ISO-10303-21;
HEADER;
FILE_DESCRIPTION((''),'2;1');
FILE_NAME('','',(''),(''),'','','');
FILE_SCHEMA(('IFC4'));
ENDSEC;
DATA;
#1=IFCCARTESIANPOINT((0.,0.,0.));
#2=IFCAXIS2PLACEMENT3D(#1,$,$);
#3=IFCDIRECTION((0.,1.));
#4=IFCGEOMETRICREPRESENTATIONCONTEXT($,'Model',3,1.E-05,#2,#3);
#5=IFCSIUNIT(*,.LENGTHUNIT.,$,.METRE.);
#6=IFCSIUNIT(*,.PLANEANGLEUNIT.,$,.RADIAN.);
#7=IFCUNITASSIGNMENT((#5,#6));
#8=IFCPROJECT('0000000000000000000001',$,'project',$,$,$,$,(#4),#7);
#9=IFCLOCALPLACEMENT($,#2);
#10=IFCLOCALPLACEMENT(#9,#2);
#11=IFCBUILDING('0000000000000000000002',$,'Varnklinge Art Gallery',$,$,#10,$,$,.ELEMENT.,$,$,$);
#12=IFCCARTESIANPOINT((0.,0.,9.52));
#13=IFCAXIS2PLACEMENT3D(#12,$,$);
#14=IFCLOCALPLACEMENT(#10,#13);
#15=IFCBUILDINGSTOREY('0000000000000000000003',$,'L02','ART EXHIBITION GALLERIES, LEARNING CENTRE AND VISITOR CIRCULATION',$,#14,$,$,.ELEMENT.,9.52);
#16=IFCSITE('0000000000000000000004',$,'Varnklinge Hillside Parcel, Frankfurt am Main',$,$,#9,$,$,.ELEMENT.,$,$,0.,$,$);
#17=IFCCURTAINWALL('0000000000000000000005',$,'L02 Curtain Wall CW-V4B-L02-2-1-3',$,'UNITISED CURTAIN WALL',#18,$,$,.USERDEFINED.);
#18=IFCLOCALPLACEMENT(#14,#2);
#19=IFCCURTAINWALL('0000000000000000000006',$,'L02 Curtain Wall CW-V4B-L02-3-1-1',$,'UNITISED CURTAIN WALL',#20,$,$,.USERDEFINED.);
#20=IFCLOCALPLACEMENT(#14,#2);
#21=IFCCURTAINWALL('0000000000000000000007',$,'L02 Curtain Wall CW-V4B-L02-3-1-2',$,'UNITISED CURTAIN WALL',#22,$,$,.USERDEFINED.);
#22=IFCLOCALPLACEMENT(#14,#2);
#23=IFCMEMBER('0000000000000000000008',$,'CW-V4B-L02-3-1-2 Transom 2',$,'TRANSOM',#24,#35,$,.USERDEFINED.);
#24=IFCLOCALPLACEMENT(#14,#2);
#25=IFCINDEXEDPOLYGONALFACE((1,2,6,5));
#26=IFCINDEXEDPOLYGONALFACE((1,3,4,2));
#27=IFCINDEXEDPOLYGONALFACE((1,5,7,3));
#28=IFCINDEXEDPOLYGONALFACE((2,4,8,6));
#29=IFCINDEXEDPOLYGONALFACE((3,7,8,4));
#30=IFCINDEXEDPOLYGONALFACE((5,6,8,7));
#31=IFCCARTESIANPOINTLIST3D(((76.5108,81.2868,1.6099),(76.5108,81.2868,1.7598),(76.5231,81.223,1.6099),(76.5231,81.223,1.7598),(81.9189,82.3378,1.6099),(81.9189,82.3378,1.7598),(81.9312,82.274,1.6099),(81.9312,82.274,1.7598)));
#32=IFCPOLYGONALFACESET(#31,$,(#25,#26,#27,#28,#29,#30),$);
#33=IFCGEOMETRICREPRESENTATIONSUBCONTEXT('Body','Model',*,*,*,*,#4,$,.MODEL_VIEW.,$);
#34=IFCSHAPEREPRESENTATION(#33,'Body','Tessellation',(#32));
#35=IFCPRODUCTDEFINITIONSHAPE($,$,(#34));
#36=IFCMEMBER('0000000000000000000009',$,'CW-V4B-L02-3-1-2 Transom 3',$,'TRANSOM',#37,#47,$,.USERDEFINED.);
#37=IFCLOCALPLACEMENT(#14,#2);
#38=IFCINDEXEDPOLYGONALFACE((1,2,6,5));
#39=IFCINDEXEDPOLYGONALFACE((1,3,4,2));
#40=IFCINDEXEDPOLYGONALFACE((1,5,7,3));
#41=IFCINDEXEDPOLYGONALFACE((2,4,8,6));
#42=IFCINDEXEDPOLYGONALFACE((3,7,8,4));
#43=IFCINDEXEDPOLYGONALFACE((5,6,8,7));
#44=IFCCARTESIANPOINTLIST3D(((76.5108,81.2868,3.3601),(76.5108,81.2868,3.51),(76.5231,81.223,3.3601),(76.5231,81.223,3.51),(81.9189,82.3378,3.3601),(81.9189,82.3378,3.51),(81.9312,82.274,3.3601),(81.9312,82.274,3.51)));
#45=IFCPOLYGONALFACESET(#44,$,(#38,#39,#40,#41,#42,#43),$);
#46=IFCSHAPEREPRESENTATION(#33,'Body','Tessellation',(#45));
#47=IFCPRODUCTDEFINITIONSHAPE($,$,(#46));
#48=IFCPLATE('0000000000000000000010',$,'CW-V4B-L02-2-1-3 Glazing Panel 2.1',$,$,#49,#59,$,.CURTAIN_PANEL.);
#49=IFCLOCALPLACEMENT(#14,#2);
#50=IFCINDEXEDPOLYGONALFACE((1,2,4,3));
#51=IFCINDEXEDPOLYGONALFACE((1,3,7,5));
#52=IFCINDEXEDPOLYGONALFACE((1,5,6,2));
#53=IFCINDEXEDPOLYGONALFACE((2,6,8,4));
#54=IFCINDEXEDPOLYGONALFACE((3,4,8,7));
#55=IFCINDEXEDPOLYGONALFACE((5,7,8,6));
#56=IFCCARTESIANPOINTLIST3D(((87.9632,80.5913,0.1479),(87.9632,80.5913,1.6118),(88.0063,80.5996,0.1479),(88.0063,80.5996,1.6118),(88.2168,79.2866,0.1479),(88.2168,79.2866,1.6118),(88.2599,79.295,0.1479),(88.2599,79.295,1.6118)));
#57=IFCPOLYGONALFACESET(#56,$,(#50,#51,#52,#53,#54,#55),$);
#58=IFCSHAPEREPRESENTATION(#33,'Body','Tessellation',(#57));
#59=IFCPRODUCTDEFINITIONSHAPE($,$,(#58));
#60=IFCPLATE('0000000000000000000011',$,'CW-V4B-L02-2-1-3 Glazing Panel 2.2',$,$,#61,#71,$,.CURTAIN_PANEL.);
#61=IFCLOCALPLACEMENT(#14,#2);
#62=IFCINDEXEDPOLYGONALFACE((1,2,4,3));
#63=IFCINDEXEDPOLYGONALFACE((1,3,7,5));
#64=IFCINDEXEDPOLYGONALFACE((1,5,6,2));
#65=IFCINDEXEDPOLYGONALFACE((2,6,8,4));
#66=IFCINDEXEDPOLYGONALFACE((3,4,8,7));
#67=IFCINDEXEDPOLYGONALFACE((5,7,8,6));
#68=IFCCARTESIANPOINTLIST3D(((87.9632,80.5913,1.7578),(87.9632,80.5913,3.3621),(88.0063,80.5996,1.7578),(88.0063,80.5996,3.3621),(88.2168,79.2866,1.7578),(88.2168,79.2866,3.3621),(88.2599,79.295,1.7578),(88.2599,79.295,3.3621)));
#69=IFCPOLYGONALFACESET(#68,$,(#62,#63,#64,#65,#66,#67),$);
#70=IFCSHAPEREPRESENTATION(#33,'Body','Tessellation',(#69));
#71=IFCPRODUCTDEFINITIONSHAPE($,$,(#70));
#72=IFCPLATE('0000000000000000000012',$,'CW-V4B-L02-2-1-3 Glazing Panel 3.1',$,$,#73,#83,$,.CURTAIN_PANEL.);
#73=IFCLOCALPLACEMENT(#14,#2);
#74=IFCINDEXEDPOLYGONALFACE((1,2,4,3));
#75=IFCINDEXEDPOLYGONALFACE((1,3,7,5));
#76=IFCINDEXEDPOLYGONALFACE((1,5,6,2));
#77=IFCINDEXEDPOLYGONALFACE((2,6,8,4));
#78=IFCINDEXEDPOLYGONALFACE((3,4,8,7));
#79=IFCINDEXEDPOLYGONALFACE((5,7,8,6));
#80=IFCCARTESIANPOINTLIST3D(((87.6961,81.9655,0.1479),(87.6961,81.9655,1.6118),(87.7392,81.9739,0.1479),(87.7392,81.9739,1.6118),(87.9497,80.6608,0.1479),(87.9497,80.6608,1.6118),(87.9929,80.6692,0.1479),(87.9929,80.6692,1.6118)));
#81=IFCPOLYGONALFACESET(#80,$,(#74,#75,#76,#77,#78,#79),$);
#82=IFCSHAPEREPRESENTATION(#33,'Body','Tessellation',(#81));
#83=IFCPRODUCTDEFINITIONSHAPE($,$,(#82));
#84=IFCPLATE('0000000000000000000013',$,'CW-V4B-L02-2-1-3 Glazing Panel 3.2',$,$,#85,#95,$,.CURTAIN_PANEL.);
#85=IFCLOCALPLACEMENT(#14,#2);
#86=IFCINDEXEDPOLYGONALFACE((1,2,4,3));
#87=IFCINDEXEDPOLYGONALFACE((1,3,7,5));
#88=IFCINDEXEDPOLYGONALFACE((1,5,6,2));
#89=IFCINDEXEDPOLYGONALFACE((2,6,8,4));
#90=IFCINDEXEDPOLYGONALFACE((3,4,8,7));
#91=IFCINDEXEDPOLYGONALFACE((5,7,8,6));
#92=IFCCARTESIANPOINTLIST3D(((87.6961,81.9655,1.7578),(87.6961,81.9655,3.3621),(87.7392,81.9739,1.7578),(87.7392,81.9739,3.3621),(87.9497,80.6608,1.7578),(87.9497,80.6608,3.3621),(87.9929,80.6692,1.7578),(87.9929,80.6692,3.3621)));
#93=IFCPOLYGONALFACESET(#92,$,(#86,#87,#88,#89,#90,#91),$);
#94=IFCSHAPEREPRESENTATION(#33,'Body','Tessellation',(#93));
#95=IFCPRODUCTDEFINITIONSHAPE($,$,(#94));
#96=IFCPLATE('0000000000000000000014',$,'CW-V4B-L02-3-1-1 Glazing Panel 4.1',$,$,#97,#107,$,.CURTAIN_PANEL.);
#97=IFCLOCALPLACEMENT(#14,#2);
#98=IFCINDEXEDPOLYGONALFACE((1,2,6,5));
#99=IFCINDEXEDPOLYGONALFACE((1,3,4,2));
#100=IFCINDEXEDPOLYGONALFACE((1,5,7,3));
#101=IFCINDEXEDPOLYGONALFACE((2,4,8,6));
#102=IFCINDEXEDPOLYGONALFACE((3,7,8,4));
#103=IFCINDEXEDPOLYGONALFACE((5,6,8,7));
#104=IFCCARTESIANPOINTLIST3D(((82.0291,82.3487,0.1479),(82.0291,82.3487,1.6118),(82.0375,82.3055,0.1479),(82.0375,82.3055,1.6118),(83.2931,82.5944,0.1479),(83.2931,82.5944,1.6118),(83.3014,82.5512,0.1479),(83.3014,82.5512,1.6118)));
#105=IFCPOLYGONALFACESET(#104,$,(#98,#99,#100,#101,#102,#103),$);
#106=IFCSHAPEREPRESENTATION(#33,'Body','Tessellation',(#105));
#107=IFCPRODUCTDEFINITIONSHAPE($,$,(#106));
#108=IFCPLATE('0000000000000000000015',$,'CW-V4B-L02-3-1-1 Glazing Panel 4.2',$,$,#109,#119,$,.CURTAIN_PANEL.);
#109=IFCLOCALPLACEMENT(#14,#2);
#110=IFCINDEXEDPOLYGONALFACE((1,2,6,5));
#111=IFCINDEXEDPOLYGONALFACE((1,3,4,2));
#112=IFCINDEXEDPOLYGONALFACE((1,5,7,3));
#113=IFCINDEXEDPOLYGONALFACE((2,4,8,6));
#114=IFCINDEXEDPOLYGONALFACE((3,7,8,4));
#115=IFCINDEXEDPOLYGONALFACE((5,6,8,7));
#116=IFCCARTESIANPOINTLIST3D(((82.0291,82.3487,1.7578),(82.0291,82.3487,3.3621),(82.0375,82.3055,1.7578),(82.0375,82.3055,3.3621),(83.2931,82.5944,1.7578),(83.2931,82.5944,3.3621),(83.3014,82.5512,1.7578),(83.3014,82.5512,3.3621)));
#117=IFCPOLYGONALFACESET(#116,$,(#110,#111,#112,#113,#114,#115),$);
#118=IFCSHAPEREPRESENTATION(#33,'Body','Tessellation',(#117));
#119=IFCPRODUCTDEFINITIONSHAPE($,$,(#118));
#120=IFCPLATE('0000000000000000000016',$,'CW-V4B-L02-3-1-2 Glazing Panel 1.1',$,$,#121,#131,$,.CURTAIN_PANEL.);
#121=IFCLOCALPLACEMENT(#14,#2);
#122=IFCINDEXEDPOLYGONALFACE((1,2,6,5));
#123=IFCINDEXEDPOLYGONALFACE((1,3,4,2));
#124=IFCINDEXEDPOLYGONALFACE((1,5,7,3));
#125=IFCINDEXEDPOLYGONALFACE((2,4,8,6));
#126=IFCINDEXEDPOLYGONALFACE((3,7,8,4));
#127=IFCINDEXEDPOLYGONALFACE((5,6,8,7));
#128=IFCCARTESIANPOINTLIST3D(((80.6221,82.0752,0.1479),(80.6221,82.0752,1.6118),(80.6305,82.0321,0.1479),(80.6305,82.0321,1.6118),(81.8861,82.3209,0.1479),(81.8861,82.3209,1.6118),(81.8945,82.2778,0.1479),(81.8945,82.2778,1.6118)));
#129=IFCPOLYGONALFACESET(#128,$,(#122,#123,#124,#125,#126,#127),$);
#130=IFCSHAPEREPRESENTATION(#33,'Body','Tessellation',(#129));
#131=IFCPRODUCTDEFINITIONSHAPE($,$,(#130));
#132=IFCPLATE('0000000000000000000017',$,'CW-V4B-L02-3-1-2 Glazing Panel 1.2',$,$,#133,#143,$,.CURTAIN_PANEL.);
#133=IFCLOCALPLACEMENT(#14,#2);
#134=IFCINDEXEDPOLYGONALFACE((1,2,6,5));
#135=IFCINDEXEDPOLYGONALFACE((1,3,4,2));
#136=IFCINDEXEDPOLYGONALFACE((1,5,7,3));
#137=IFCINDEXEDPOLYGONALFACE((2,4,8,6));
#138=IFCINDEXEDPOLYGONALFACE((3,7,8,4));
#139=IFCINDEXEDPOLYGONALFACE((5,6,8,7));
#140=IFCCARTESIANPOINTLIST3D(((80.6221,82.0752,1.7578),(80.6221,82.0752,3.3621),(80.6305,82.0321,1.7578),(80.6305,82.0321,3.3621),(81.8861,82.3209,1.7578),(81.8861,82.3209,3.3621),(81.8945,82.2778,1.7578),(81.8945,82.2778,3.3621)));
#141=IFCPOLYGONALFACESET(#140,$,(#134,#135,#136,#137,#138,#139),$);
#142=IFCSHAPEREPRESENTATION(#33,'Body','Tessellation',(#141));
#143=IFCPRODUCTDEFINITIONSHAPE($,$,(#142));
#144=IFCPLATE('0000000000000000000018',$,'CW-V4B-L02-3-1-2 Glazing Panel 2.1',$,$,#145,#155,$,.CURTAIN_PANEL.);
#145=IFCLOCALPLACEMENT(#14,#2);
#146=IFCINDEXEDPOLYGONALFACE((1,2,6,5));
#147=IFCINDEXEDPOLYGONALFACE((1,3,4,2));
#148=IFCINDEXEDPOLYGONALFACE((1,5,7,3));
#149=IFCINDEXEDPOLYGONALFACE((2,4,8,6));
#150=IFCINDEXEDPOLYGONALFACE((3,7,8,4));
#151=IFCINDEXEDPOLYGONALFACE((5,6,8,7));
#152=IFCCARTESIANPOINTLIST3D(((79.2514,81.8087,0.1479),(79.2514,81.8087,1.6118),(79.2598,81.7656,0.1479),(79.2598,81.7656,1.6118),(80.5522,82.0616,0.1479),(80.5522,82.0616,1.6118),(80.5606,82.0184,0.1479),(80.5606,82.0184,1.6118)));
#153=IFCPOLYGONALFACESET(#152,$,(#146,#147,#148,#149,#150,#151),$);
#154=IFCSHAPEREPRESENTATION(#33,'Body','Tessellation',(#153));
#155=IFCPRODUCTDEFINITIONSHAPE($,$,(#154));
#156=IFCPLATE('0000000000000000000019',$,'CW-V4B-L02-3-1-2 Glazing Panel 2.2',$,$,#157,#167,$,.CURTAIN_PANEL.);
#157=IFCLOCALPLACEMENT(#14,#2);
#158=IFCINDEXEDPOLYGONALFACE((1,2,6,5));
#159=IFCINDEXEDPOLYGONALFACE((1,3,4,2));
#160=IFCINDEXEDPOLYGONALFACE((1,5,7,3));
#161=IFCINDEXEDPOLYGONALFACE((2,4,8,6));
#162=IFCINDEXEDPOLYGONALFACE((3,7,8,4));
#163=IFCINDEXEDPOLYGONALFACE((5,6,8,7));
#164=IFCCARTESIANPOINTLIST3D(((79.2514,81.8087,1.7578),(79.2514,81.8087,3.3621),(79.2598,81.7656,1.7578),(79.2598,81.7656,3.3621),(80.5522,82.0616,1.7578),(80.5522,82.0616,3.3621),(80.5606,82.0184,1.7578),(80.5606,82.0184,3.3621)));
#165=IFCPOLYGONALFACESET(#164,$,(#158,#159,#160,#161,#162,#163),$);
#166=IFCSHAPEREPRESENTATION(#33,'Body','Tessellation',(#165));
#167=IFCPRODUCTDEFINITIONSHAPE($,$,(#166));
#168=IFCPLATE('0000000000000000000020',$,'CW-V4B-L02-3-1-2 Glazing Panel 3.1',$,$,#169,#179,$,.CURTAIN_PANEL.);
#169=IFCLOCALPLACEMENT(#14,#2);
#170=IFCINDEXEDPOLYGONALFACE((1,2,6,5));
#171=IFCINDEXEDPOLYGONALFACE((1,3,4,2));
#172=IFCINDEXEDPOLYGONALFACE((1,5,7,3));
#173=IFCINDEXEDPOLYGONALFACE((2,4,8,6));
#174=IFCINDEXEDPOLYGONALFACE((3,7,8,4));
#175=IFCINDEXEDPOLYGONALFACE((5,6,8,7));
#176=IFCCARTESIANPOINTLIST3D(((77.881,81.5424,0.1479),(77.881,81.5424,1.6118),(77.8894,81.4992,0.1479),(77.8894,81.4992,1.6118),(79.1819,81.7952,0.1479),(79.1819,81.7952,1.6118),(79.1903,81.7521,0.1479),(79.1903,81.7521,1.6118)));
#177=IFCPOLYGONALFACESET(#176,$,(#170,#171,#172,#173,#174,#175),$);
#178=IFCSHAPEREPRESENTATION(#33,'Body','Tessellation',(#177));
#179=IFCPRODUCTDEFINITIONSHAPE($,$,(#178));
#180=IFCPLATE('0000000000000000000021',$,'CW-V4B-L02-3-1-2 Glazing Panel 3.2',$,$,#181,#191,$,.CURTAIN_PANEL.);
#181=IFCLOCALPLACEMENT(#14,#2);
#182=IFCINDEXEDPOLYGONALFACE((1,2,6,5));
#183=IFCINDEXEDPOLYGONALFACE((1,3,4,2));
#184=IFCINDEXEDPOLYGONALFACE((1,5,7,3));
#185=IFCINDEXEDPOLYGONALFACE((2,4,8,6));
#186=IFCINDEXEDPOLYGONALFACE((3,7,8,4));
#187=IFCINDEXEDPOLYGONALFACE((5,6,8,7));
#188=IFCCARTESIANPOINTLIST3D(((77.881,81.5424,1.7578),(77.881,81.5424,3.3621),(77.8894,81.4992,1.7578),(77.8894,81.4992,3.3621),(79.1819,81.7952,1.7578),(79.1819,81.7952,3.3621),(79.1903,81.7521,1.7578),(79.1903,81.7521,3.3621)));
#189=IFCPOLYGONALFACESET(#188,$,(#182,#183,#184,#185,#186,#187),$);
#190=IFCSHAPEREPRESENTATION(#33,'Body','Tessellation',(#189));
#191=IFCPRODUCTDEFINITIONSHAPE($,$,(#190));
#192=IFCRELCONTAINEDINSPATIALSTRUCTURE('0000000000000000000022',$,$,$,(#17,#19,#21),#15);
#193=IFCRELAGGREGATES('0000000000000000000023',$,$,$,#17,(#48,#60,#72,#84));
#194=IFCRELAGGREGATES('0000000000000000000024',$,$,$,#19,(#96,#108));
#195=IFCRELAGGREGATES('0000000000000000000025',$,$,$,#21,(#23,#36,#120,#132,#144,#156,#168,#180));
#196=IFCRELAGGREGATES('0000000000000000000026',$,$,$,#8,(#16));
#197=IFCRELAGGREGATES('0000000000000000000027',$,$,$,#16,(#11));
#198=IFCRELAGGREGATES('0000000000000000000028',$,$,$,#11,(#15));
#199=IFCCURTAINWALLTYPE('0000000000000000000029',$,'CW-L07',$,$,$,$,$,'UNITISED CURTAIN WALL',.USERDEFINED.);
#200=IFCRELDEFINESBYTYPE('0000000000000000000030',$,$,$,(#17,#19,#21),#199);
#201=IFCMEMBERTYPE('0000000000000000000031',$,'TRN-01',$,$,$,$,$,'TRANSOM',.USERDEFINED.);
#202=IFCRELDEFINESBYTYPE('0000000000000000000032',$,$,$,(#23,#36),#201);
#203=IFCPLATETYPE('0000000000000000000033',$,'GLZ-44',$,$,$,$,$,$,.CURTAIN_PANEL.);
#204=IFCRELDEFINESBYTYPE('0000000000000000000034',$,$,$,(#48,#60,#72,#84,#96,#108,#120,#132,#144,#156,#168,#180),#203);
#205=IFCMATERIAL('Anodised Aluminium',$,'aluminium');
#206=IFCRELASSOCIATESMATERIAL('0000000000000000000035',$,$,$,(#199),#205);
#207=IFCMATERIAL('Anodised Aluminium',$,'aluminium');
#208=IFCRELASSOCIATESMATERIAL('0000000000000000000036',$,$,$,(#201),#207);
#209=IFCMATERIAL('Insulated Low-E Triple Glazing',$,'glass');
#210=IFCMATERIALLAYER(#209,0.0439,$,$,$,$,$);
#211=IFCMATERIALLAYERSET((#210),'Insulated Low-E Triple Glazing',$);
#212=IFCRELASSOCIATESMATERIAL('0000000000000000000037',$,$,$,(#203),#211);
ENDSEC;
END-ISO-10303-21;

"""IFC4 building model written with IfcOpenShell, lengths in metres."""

from ifc_helpers import new_model, si_unit, direction, frame, origin, origin_2d, place, context, subcontext, project, spatial, rectangle, extrude, material, layer, layer_set, material_profile, profile_set, type_object, element, aggregate, save


model = new_model("IFC4")

# Units and contexts
model_context = context("Model", 3, precision=1e-05, world=origin(), true_north=direction((0.0, 1.0)))
body_context = subcontext(model_context, "Body", "Model", "MODEL_VIEW")
ifc_project = project(units=[si_unit("LENGTHUNIT", "METRE"), si_unit("PLANEANGLEUNIT", "RADIAN")], contexts=[model_context])

# Site, building, storey
site_placement = place(None, origin())
site = spatial("IfcSite", under=ifc_project, at=site_placement, Name="Varnklinge Hillside Parcel, Frankfurt am Main", CompositionType="ELEMENT", RefElevation=0.0)
building_placement = place(site_placement, origin())
building = spatial("IfcBuilding", under=site, at=building_placement, Name="Varnklinge Art Gallery", CompositionType="ELEMENT")
storey_placement = place(building_placement, frame((0.0, 0.0, 9.52)))
storey = spatial("IfcBuildingStorey", under=building, at=storey_placement, Name="L02", Description="ART EXHIBITION GALLERIES, LEARNING CENTRE AND VISITOR CIRCULATION", CompositionType="ELEMENT", Elevation=9.52)

# Curtain wall
ifc_material_1 = material(Name="Anodised Aluminium", Category="aluminium")
curtain_wall_type = type_object("IfcCurtainWallType", Name="CW-L07", ElementType="UNITISED CURTAIN WALL", PredefinedType="USERDEFINED", material=ifc_material_1)
curtain_wall_1_placement = place(storey_placement, origin())
curtain_wall_1 = element("IfcCurtainWall", 1, at=curtain_wall_1_placement, inside=storey, type_object=curtain_wall_type, Name="L02 Curtain Wall CW-V4B-L02-2-1-3", ObjectType="UNITISED CURTAIN WALL", PredefinedType="USERDEFINED")

# Curtain wall
curtain_wall_2_placement = place(storey_placement, origin())
curtain_wall_2 = element("IfcCurtainWall", 2, at=curtain_wall_2_placement, inside=storey, type_object=curtain_wall_type, Name="L02 Curtain Wall CW-V4B-L02-3-1-1", ObjectType="UNITISED CURTAIN WALL", PredefinedType="USERDEFINED")

# Curtain wall
curtain_wall_3_placement = place(storey_placement, origin())
curtain_wall_3 = element("IfcCurtainWall", 3, at=curtain_wall_3_placement, inside=storey, type_object=curtain_wall_type, Name="L02 Curtain Wall CW-V4B-L02-3-1-2", ObjectType="UNITISED CURTAIN WALL", PredefinedType="USERDEFINED")

# Members
ifc_material_2 = material(Name="Anodised Aluminium", Category="aluminium")
ifc_material_profile_1 = material_profile(ifc_material_2, rectangle(XDim=0.0649, YDim=0.1499, at=origin_2d()), Name="ALU 65x150")
ifc_profile_set_1 = profile_set([ifc_material_profile_1], Name="Anodised Aluminium")
member_type_1 = type_object("IfcMemberType", Name="TRN-01", ElementType="TRANSOM", PredefinedType="USERDEFINED", material=ifc_profile_set_1)
member_1_placement = place(storey_placement, frame((81.925, 82.3059, 1.6848), z_axis=(-0.981635, -0.19077, 0.0), x_axis=(0.19077, -0.981635, 0.0)))
member_1 = element("IfcMember", 4, at=member_1_placement, type_object=member_type_1, Name="CW-V4B-L02-3-1-2 Transom 2", ObjectType="TRANSOM", PredefinedType="USERDEFINED", context=body_context, shape_type="SweptSolid", body=[
    extrude(rectangle(XDim=0.0649, YDim=0.1499, at=origin_2d()), origin(), (0.0, 0.0, 1.0), 5.5093),
])
member_2_placement = place(storey_placement, frame((81.925, 82.3059, 3.4351), z_axis=(-0.981635, -0.19077, 0.0), x_axis=(0.19077, -0.981635, 0.0)))
member_2 = element("IfcMember", 5, at=member_2_placement, type_object=member_type_1, Name="CW-V4B-L02-3-1-2 Transom 3", ObjectType="TRANSOM", PredefinedType="USERDEFINED", context=body_context, shape_type="SweptSolid", body=[
    extrude(rectangle(XDim=0.0649, YDim=0.1499, at=origin_2d()), origin(), (0.0, 0.0, 1.0), 5.5093),
])

# Plates
ifc_material_3 = material(Name="Insulated Low-E Triple Glazing", Category="glass")
ifc_layer_1 = layer(ifc_material_3, 0.0439)
ifc_layer_set_1 = layer_set([ifc_layer_1], Name="Insulated Low-E Triple Glazing")
plate_type = type_object("IfcPlateType", Name="GLZ-44", PredefinedType="CURTAIN_PANEL", material=ifc_layer_set_1)
plate_1_placement = place(storey_placement, frame((88.1116, 79.9431, 0.1479), z_axis=(0.0, 0.0, 1.0), x_axis=(-0.190809, 0.981627, 0.0)))
plate_1 = element("IfcPlate", 6, at=plate_1_placement, type_object=plate_type, Name="CW-V4B-L02-2-1-3 Glazing Panel 2.1", PredefinedType="CURTAIN_PANEL", context=body_context, shape_type="SweptSolid", body=[
    extrude(rectangle(XDim=1.3291, YDim=0.0439, at=origin_2d()), origin(), (0.0, 0.0, 1.0), 1.4639),
])
plate_2_placement = place(storey_placement, frame((88.1116, 79.9431, 1.7578), z_axis=(0.0, 0.0, 1.0), x_axis=(-0.190809, 0.981627, 0.0)))
plate_2 = element("IfcPlate", 7, at=plate_2_placement, type_object=plate_type, Name="CW-V4B-L02-2-1-3 Glazing Panel 2.2", PredefinedType="CURTAIN_PANEL", context=body_context, shape_type="SweptSolid", body=[
    extrude(rectangle(XDim=1.3291, YDim=0.0439, at=origin_2d()), origin(), (0.0, 0.0, 1.0), 1.6042),
])
plate_3_placement = place(storey_placement, frame((87.8445, 81.3174, 0.1479), z_axis=(0.0, 0.0, 1.0), x_axis=(-0.190809, 0.981627, 0.0)))
plate_3 = element("IfcPlate", 8, at=plate_3_placement, type_object=plate_type, Name="CW-V4B-L02-2-1-3 Glazing Panel 3.1", PredefinedType="CURTAIN_PANEL", context=body_context, shape_type="SweptSolid", body=[
    extrude(rectangle(XDim=1.3291, YDim=0.0439, at=origin_2d()), origin(), (0.0, 0.0, 1.0), 1.4639),
])
plate_4_placement = place(storey_placement, frame((87.8445, 81.3174, 1.7578), z_axis=(0.0, 0.0, 1.0), x_axis=(-0.190809, 0.981627, 0.0)))
plate_4 = element("IfcPlate", 9, at=plate_4_placement, type_object=plate_type, Name="CW-V4B-L02-2-1-3 Glazing Panel 3.2", PredefinedType="CURTAIN_PANEL", context=body_context, shape_type="SweptSolid", body=[
    extrude(rectangle(XDim=1.3291, YDim=0.0439, at=origin_2d()), origin(), (0.0, 0.0, 1.0), 1.6042),
])
aggregate(curtain_wall_1, [plate_1, plate_2, plate_3, plate_4])
plate_5_placement = place(storey_placement, frame((82.6653, 82.45, 0.1479), z_axis=(0.0, 0.0, 1.0), x_axis=(-0.981627, -0.190809, 0.0)))
plate_5 = element("IfcPlate", 10, at=plate_5_placement, type_object=plate_type, Name="CW-V4B-L02-3-1-1 Glazing Panel 4.1", PredefinedType="CURTAIN_PANEL", context=body_context, shape_type="SweptSolid", body=[
    extrude(rectangle(XDim=1.2876, YDim=0.0439, at=origin_2d()), origin(), (0.0, 0.0, 1.0), 1.4639),
])
plate_6_placement = place(storey_placement, frame((82.6653, 82.45, 1.7578), z_axis=(0.0, 0.0, 1.0), x_axis=(-0.981627, -0.190809, 0.0)))
plate_6 = element("IfcPlate", 11, at=plate_6_placement, type_object=plate_type, Name="CW-V4B-L02-3-1-1 Glazing Panel 4.2", PredefinedType="CURTAIN_PANEL", context=body_context, shape_type="SweptSolid", body=[
    extrude(rectangle(XDim=1.2876, YDim=0.0439, at=origin_2d()), origin(), (0.0, 0.0, 1.0), 1.6042),
])
aggregate(curtain_wall_2, [plate_5, plate_6])
plate_7_placement = place(storey_placement, frame((81.2583, 82.1765, 0.1479), z_axis=(0.0, 0.0, 1.0), x_axis=(-0.981627, -0.190809, 0.0)))
plate_7 = element("IfcPlate", 12, at=plate_7_placement, type_object=plate_type, Name="CW-V4B-L02-3-1-2 Glazing Panel 1.1", PredefinedType="CURTAIN_PANEL", context=body_context, shape_type="SweptSolid", body=[
    extrude(rectangle(XDim=1.2876, YDim=0.0439, at=origin_2d()), origin(), (0.0, 0.0, 1.0), 1.4639),
])
plate_8_placement = place(storey_placement, frame((81.2583, 82.1765, 1.7578), z_axis=(0.0, 0.0, 1.0), x_axis=(-0.981627, -0.190809, 0.0)))
plate_8 = element("IfcPlate", 13, at=plate_8_placement, type_object=plate_type, Name="CW-V4B-L02-3-1-2 Glazing Panel 1.2", PredefinedType="CURTAIN_PANEL", context=body_context, shape_type="SweptSolid", body=[
    extrude(rectangle(XDim=1.2876, YDim=0.0439, at=origin_2d()), origin(), (0.0, 0.0, 1.0), 1.6042),
])
plate_9_placement = place(storey_placement, frame((79.906, 81.9136, 0.1479), z_axis=(0.0, 0.0, 1.0), x_axis=(-0.981627, -0.190809, 0.0)))
plate_9 = element("IfcPlate", 14, at=plate_9_placement, type_object=plate_type, Name="CW-V4B-L02-3-1-2 Glazing Panel 2.1", PredefinedType="CURTAIN_PANEL", context=body_context, shape_type="SweptSolid", body=[
    extrude(rectangle(XDim=1.3252, YDim=0.0439, at=origin_2d()), origin(), (0.0, 0.0, 1.0), 1.4639),
])
plate_10_placement = place(storey_placement, frame((79.906, 81.9136, 1.7578), z_axis=(0.0, 0.0, 1.0), x_axis=(-0.981627, -0.190809, 0.0)))
plate_10 = element("IfcPlate", 15, at=plate_10_placement, type_object=plate_type, Name="CW-V4B-L02-3-1-2 Glazing Panel 2.2", PredefinedType="CURTAIN_PANEL", context=body_context, shape_type="SweptSolid", body=[
    extrude(rectangle(XDim=1.3252, YDim=0.0439, at=origin_2d()), origin(), (0.0, 0.0, 1.0), 1.6042),
])
plate_11_placement = place(storey_placement, frame((78.5356, 81.6472, 0.1479), z_axis=(0.0, 0.0, 1.0), x_axis=(-0.981627, -0.190809, 0.0)))
plate_11 = element("IfcPlate", 16, at=plate_11_placement, type_object=plate_type, Name="CW-V4B-L02-3-1-2 Glazing Panel 3.1", PredefinedType="CURTAIN_PANEL", context=body_context, shape_type="SweptSolid", body=[
    extrude(rectangle(XDim=1.3252, YDim=0.0439, at=origin_2d()), origin(), (0.0, 0.0, 1.0), 1.4639),
])
plate_12_placement = place(storey_placement, frame((78.5356, 81.6472, 1.7578), z_axis=(0.0, 0.0, 1.0), x_axis=(-0.981627, -0.190809, 0.0)))
plate_12 = element("IfcPlate", 17, at=plate_12_placement, type_object=plate_type, Name="CW-V4B-L02-3-1-2 Glazing Panel 3.2", PredefinedType="CURTAIN_PANEL", context=body_context, shape_type="SweptSolid", body=[
    extrude(rectangle(XDim=1.3252, YDim=0.0439, at=origin_2d()), origin(), (0.0, 0.0, 1.0), 1.6042),
])
aggregate(curtain_wall_3, [member_1, member_2, plate_7, plate_8, plate_9, plate_10, plate_11, plate_12])

save(model, "model.ifc")
